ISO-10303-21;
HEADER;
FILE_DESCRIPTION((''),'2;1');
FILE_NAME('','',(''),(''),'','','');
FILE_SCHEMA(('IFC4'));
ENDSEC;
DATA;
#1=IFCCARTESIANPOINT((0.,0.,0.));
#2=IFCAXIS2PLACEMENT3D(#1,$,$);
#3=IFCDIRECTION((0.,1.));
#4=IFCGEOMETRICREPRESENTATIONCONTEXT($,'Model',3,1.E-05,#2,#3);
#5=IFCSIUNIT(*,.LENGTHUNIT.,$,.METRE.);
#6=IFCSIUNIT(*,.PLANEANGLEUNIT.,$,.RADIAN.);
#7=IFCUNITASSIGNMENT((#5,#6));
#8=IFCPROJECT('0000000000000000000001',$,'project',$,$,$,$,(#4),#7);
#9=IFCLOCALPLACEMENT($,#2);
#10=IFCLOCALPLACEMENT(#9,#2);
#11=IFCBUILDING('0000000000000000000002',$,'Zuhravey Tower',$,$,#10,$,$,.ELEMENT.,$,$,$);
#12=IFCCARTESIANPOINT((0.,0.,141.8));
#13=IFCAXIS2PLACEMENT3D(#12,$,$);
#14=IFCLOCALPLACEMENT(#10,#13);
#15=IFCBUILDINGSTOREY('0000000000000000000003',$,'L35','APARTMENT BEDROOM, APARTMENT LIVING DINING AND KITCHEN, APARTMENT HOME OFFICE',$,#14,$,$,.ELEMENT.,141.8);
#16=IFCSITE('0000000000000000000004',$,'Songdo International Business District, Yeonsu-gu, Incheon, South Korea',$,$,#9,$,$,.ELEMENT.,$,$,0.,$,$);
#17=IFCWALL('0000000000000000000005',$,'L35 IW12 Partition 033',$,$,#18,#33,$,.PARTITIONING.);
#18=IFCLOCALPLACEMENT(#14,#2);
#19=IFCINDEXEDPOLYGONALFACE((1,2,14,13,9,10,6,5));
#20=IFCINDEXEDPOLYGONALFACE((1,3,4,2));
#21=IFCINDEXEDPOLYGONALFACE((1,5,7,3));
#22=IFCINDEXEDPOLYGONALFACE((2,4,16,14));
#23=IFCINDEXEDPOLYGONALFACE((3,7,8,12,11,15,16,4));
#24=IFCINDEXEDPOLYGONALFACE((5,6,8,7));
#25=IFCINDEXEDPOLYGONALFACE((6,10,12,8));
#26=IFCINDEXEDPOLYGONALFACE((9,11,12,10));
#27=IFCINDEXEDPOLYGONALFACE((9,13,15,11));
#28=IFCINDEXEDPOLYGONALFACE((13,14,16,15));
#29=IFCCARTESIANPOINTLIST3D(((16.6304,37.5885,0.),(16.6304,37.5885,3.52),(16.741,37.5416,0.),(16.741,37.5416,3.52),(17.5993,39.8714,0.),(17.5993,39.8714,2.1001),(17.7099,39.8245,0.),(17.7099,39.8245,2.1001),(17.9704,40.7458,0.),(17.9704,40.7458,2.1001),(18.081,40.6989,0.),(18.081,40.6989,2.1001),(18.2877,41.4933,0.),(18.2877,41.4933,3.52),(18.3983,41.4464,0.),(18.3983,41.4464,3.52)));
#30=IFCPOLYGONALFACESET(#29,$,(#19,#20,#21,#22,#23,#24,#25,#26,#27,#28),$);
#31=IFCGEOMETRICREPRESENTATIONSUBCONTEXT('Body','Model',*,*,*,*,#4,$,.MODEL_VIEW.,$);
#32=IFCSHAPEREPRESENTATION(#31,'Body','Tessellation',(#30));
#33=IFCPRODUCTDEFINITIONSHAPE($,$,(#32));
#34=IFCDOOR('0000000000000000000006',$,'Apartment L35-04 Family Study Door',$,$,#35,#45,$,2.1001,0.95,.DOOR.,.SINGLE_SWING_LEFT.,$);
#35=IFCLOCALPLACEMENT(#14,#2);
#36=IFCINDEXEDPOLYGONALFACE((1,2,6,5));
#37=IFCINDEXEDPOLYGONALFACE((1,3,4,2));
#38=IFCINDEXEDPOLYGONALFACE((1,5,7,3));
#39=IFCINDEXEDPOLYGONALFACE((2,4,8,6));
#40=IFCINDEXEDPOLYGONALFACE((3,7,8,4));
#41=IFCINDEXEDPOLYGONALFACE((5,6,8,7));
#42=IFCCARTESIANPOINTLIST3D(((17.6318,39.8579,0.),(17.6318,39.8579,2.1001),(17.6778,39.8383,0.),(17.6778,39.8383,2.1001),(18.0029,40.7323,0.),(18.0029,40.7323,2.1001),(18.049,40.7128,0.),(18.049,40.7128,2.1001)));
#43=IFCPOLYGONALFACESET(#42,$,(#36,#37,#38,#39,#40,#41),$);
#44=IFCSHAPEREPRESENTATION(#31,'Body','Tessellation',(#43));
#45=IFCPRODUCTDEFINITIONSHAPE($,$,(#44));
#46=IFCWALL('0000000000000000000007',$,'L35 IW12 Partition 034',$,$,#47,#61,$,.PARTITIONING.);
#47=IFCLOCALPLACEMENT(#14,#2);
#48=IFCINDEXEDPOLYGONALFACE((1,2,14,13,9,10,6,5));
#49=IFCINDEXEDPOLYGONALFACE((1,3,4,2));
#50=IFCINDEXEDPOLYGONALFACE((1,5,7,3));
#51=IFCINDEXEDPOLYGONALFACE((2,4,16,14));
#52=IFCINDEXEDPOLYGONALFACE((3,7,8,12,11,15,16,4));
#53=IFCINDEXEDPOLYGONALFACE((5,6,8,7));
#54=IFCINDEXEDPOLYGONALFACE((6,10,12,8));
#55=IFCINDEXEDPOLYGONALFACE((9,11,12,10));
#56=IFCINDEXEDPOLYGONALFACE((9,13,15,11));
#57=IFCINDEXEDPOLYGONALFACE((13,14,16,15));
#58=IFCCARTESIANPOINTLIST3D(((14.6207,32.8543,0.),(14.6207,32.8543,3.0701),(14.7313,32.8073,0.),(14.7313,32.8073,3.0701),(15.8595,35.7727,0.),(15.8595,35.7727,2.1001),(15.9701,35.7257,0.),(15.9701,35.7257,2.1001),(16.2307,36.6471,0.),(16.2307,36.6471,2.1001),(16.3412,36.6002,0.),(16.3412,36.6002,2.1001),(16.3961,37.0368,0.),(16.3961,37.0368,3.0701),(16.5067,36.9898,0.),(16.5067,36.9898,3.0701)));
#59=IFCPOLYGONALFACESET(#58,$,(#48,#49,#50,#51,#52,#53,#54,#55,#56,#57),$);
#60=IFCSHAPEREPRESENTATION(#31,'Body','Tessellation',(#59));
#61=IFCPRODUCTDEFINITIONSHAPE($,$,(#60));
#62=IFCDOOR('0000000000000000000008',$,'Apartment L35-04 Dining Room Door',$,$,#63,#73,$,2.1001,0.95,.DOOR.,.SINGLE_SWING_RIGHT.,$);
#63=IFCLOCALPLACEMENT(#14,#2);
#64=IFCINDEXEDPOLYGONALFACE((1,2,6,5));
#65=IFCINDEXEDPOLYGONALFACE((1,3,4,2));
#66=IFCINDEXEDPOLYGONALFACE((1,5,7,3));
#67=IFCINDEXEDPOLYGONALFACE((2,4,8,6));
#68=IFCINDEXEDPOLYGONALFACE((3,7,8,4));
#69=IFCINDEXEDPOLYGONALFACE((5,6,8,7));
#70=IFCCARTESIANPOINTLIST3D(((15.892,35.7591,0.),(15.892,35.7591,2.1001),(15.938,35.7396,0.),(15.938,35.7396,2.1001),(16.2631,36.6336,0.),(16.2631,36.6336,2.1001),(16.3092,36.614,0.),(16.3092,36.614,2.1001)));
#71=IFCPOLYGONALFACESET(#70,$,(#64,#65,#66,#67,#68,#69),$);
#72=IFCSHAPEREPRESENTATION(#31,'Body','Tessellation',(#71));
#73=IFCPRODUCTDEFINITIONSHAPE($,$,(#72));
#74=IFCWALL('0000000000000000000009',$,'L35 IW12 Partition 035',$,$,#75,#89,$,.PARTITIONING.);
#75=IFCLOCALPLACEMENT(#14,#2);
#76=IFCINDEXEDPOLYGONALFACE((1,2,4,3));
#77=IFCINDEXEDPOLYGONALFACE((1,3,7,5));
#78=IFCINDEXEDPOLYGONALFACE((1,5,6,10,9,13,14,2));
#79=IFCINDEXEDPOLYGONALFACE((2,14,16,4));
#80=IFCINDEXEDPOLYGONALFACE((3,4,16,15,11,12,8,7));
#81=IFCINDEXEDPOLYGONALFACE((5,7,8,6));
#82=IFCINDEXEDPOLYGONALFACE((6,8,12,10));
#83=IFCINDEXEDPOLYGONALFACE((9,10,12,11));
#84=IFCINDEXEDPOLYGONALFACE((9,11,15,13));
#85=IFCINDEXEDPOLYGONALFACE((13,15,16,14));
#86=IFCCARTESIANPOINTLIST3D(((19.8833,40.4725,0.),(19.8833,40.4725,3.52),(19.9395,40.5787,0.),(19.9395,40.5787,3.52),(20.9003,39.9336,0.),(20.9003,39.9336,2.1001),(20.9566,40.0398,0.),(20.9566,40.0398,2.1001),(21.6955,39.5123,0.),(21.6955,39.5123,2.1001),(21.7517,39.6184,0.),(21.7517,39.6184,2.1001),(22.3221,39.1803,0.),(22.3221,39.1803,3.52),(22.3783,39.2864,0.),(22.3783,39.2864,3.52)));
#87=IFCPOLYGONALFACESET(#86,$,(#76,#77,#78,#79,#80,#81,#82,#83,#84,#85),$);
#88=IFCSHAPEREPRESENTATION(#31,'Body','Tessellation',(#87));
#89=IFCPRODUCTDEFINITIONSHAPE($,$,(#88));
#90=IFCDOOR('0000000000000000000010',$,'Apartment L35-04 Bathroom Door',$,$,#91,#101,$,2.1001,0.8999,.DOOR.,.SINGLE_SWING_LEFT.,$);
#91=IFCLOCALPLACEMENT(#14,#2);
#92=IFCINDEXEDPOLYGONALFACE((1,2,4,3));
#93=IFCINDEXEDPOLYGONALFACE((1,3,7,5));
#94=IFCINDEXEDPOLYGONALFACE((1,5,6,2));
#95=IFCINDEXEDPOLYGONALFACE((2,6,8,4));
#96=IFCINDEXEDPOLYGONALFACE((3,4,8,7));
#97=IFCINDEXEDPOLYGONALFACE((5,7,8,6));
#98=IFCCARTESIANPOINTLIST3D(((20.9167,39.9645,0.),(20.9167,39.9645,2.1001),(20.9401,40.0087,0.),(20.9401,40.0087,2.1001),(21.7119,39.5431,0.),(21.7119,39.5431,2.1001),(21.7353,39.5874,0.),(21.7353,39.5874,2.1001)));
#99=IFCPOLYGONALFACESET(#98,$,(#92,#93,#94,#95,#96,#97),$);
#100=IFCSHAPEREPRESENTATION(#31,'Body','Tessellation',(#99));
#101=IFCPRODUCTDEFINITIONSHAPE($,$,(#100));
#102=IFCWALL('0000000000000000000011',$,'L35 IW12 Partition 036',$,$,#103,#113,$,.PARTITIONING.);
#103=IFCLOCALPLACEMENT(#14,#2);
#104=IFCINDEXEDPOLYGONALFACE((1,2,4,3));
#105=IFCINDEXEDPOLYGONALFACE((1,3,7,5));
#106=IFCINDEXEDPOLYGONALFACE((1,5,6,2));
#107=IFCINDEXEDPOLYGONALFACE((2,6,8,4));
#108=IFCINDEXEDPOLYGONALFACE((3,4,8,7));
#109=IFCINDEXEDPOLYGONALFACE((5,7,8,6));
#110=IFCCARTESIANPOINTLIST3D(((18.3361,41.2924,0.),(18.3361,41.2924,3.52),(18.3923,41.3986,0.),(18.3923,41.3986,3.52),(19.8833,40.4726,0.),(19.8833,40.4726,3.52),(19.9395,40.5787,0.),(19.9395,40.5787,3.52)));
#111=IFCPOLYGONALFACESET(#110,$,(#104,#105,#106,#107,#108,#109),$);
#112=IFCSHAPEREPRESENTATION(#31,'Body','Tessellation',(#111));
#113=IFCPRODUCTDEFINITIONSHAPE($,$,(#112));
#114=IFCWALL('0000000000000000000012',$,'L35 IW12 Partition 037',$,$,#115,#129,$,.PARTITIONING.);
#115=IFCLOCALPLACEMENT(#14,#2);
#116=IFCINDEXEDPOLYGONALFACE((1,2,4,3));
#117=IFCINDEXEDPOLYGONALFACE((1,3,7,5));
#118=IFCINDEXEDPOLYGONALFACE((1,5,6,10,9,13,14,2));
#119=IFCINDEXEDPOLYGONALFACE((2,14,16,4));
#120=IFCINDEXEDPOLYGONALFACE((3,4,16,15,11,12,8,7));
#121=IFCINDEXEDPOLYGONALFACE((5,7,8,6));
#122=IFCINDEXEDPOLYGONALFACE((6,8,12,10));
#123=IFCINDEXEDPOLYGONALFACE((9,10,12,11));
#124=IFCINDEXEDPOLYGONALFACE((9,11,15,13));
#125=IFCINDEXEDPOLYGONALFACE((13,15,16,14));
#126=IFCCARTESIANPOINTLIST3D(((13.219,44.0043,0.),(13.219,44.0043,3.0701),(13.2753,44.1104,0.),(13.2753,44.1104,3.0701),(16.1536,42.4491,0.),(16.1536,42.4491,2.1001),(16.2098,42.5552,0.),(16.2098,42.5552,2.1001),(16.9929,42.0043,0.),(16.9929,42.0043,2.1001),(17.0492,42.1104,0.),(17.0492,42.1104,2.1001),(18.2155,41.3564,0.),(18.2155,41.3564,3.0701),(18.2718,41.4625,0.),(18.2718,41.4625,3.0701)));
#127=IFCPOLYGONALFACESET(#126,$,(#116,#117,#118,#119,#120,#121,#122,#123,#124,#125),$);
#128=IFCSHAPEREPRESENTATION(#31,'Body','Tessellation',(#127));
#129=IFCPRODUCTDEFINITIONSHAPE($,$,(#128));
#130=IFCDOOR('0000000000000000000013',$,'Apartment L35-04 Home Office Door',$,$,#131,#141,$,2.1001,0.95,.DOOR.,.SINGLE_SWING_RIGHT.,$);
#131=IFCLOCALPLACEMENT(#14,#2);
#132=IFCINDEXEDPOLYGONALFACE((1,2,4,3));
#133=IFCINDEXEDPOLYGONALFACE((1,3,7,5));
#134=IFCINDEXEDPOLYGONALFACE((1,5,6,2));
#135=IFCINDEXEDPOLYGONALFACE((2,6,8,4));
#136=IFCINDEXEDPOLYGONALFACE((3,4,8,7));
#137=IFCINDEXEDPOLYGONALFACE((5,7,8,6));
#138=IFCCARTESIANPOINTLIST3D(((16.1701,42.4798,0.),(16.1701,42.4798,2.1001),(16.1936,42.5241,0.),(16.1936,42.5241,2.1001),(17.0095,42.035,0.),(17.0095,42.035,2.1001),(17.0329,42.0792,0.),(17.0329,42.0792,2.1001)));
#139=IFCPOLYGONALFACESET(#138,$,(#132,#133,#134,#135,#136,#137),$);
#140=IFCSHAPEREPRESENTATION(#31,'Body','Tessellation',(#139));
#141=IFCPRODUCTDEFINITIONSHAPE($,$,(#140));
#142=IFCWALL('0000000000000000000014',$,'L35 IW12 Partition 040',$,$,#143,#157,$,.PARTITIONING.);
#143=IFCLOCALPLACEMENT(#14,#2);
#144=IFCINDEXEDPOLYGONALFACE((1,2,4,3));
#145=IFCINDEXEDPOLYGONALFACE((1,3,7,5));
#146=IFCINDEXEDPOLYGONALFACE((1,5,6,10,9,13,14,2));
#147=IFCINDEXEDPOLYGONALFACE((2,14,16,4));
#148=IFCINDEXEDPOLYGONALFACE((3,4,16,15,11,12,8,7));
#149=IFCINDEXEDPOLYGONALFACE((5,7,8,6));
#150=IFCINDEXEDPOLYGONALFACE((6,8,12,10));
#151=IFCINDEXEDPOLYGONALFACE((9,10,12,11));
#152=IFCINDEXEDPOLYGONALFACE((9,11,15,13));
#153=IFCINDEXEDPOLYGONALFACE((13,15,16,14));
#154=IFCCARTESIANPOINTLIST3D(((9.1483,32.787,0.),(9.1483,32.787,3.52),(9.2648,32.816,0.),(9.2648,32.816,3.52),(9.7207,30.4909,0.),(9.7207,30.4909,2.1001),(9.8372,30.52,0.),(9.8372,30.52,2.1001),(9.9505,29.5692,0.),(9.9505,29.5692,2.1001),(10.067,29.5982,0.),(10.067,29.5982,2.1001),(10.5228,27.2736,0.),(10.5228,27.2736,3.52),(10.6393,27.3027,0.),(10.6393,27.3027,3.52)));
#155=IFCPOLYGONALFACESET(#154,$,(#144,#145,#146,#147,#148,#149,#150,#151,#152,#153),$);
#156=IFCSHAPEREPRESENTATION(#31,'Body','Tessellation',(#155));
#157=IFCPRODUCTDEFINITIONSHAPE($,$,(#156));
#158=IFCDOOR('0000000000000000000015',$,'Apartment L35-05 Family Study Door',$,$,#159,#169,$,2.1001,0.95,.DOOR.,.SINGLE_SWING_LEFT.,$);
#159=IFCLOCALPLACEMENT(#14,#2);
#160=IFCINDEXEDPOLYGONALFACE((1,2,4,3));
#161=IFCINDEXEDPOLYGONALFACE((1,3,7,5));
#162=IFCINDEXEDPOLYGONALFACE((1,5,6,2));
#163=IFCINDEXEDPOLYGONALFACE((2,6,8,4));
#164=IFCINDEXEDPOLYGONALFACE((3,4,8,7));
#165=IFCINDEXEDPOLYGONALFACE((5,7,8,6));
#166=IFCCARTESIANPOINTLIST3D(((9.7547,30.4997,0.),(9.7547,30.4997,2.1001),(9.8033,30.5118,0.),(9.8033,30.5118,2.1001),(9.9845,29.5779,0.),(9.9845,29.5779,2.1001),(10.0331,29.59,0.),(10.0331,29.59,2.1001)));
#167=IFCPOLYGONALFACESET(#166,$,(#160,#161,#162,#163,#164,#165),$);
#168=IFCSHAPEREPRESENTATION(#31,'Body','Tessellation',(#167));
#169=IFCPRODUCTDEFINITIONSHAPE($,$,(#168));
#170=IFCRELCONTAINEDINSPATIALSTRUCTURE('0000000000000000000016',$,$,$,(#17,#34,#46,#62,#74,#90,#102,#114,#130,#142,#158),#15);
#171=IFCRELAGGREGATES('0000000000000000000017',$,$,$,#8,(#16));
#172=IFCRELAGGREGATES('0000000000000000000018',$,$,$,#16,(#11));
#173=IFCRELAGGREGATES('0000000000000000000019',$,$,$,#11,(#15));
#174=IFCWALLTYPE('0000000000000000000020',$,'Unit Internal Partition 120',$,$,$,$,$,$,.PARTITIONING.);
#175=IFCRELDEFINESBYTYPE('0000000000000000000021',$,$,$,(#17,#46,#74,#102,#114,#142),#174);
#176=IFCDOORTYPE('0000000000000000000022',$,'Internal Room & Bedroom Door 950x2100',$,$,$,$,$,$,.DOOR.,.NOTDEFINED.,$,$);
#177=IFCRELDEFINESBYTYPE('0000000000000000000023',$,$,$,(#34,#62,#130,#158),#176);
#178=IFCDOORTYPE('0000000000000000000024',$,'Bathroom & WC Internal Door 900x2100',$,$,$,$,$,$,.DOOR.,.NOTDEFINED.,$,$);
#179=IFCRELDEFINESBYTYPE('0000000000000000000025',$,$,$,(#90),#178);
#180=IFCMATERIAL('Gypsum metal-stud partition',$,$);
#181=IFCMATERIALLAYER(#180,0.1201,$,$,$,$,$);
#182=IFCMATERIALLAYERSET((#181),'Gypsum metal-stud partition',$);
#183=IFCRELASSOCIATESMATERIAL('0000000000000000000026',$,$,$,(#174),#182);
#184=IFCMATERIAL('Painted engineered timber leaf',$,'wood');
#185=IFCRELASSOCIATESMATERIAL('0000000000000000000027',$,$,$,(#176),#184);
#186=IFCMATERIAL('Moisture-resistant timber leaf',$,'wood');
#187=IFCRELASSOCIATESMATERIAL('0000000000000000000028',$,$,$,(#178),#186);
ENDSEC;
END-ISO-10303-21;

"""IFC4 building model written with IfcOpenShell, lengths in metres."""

from ifc_helpers import new_model, si_unit, direction, frame, frame_2d, origin, place, context, subcontext, project, spatial, rectangle, extrude, material, layer, layer_set, type_object, element, fill, save


model = new_model("IFC4")

# Units and contexts
model_context = context("Model", 3, precision=1e-05, world=origin(), true_north=direction((0.0, 1.0)))
body_context = subcontext(model_context, "Body", "Model", "MODEL_VIEW")
ifc_project = project(units=[si_unit("LENGTHUNIT", "METRE"), si_unit("PLANEANGLEUNIT", "RADIAN")], contexts=[model_context])

# Site, building, storey
site_placement = place(None, origin())
site = spatial("IfcSite", under=ifc_project, at=site_placement, Name="Songdo International Business District, Yeonsu-gu, Incheon, South Korea", CompositionType="ELEMENT", RefElevation=0.0)
building_placement = place(site_placement, origin())
building = spatial("IfcBuilding", under=site, at=building_placement, Name="Zuhravey Tower", CompositionType="ELEMENT")
storey_placement = place(building_placement, frame((0.0, 0.0, 141.8)))
storey = spatial("IfcBuildingStorey", under=building, at=storey_placement, Name="L35", Description="APARTMENT BEDROOM, APARTMENT LIVING DINING AND KITCHEN, APARTMENT HOME OFFICE", CompositionType="ELEMENT", Elevation=141.8)

# Walls, openings, doors
ifc_material_1 = material(Name="Gypsum metal-stud partition")
ifc_layer_1 = layer(ifc_material_1, 0.1201)
ifc_layer_set_1 = layer_set([ifc_layer_1], Name="Gypsum metal-stud partition")
wall_type = type_object("IfcWallType", Name="Unit Internal Partition 120", PredefinedType="PARTITIONING", material=ifc_layer_set_1)
wall_1_placement = place(storey_placement, frame((18.343, 41.47, 0.0), z_axis=(0.0, 0.0, 1.0), x_axis=(-0.39068, -0.920527, 0.0)))
wall_1 = element("IfcWall", 1, at=wall_1_placement, inside=storey, type_object=wall_type, Name="L35 IW12 Partition 033", PredefinedType="PARTITIONING", context=body_context, shape_type="SweptSolid", body=[
    extrude(rectangle(XDim=4.2419, YDim=0.1201, at=frame_2d((2.1211, 0.0))), origin(), (0.0, 0.0, 1.0), 3.52),
])
opening_1_placement = place(wall_1_placement, frame((0.812, 0.0, 0.0)))
opening_1 = element("IfcOpeningElement", 2, at=opening_1_placement, cuts=wall_1, PredefinedType="OPENING", context=body_context, shape_type="SweptSolid", body=[
    extrude(rectangle(XDim=0.95, YDim=2.1001, at=frame_2d((0.4751, 1.05))), frame((0.0, 0.072, 0.0), z_axis=(0.0, -1.0, 0.0), x_axis=(1.0, 0.0, 0.0)), (0.0, 0.0, 1.0), 0.144),
])
ifc_material_2 = material(Name="Painted engineered timber leaf", Category="wood")
door_type_1 = type_object("IfcDoorType", Name="Internal Room & Bedroom Door 950x2100", OperationType="NOTDEFINED", PredefinedType="DOOR", material=ifc_material_2)
door_1_placement = place(opening_1_placement, frame((0.95, 0.0, 0.0), z_axis=(0.0, 0.0, 1.0), x_axis=(-1.0, 0.0, 0.0)))
door_1 = element("IfcDoor", 3, at=door_1_placement, inside=storey, type_object=door_type_1, Name="Apartment L35-04 Family Study Door", OperationType="SINGLE_SWING_LEFT", OverallHeight=2.1001, OverallWidth=0.95, PredefinedType="DOOR", context=body_context, shape_type="SweptSolid", body=[
    extrude(rectangle(XDim=0.95, YDim=2.1001, at=frame_2d((0.4751, 1.05))), frame((0.0, 0.0249, 0.0), z_axis=(0.0, -1.0, 0.0), x_axis=(1.0, 0.0, 0.0)), (0.0, 0.0, 1.0), 0.05),
])
fill(opening_1, door_1)
wall_2_placement = place(storey_placement, frame((16.4514, 37.0134, 0.0), z_axis=(0.0, 0.0, 1.0), x_axis=(-0.390726, -0.920507, 0.0)))
wall_2 = element("IfcWall", 4, at=wall_2_placement, inside=storey, type_object=wall_type, Name="L35 IW12 Partition 034", PredefinedType="PARTITIONING", context=body_context, shape_type="SweptSolid", body=[
    extrude(rectangle(XDim=4.5437, YDim=0.1201, at=frame_2d((2.272, 0.0))), origin(), (0.0, 0.0, 1.0), 3.0701),
])
opening_2_placement = place(wall_2_placement, frame((0.4233, 0.0, 0.0)))
opening_2 = element("IfcOpeningElement", 5, at=opening_2_placement, cuts=wall_2, PredefinedType="OPENING", context=body_context, shape_type="SweptSolid", body=[
    extrude(rectangle(XDim=0.95, YDim=2.1001, at=frame_2d((0.4751, 1.05))), frame((0.0, 0.072, 0.0), z_axis=(0.0, -1.0, 0.0), x_axis=(1.0, 0.0, 0.0)), (0.0, 0.0, 1.0), 0.144),
])
door_2_placement = place(opening_2_placement, frame((0.95, 0.0, 0.0), z_axis=(0.0, 0.0, 1.0), x_axis=(-1.0, 0.0, 0.0)))
door_2 = element("IfcDoor", 6, at=door_2_placement, inside=storey, type_object=door_type_1, Name="Apartment L35-04 Dining Room Door", OperationType="SINGLE_SWING_RIGHT", OverallHeight=2.1001, OverallWidth=0.95, PredefinedType="DOOR", context=body_context, shape_type="SweptSolid", body=[
    extrude(rectangle(XDim=0.95, YDim=2.1001, at=frame_2d((0.4751, 1.05))), frame((0.0, 0.0249, 0.0), z_axis=(0.0, -1.0, 0.0), x_axis=(1.0, 0.0, 0.0)), (0.0, 0.0, 1.0), 0.05),
])
fill(opening_2, door_2)
wall_3_placement = place(storey_placement, frame((22.3501, 39.2334, 0.0), z_axis=(0.0, 0.0, 1.0), x_axis=(-0.883616, 0.468213, 0.0)))
wall_3 = element("IfcWall", 7, at=wall_3_placement, inside=storey, type_object=wall_type, Name="L35 IW12 Partition 035", PredefinedType="PARTITIONING", context=body_context, shape_type="SweptSolid", body=[
    extrude(rectangle(XDim=2.76, YDim=0.1201, at=frame_2d((1.3799, 0.0))), origin(), (0.0, 0.0, 1.0), 3.52),
])
opening_3_placement = place(wall_3_placement, frame((0.709, 0.0, 0.0)))
opening_3 = element("IfcOpeningElement", 8, at=opening_3_placement, cuts=wall_3, PredefinedType="OPENING", context=body_context, shape_type="SweptSolid", body=[
    extrude(rectangle(XDim=0.8999, YDim=2.1001, at=frame_2d((0.45, 1.05))), frame((0.0, 0.072, 0.0), z_axis=(0.0, -1.0, 0.0), x_axis=(1.0, 0.0, 0.0)), (0.0, 0.0, 1.0), 0.144),
])
ifc_material_3 = material(Name="Moisture-resistant timber leaf", Category="wood")
door_type_2 = type_object("IfcDoorType", Name="Bathroom & WC Internal Door 900x2100", OperationType="NOTDEFINED", PredefinedType="DOOR", material=ifc_material_3)
door_3_placement = place(opening_3_placement, frame((0.8999, 0.0, 0.0), z_axis=(0.0, 0.0, 1.0), x_axis=(-1.0, 0.0, 0.0)))
door_3 = element("IfcDoor", 9, at=door_3_placement, inside=storey, type_object=door_type_2, Name="Apartment L35-04 Bathroom Door", OperationType="SINGLE_SWING_LEFT", OverallHeight=2.1001, OverallWidth=0.8999, PredefinedType="DOOR", context=body_context, shape_type="SweptSolid", body=[
    extrude(rectangle(XDim=0.8999, YDim=2.1001, at=frame_2d((0.45, 1.05))), frame((0.0, 0.0249, 0.0), z_axis=(0.0, -1.0, 0.0), x_axis=(1.0, 0.0, 0.0)), (0.0, 0.0, 1.0), 0.05),
])
fill(opening_3, door_3)

# Wall
wall_4_placement = place(storey_placement, frame((19.9114, 40.5256, 0.0), z_axis=(0.0, 0.0, 1.0), x_axis=(-0.883608, 0.468227, 0.0)))
element("IfcWall", 10, at=wall_4_placement, inside=storey, type_object=wall_type, Name="L35 IW12 Partition 036", PredefinedType="PARTITIONING", context=body_context, shape_type="SweptSolid", body=[
    extrude(rectangle(XDim=1.751, YDim=0.1201, at=frame_2d((0.8755, 0.0))), origin(), (0.0, 0.0, 1.0), 3.52),
])

# Walls, openings, doors
wall_5_placement = place(storey_placement, frame((18.2437, 41.4094, 0.0), z_axis=(0.0, 0.0, 1.0), x_axis=(-0.88359, 0.468261, 0.0)))
wall_5 = element("IfcWall", 11, at=wall_5_placement, inside=storey, type_object=wall_type, Name="L35 IW12 Partition 037", PredefinedType="PARTITIONING", context=body_context, shape_type="SweptSolid", body=[
    extrude(rectangle(XDim=5.6548, YDim=0.1201, at=frame_2d((2.8274, 0.0))), origin(), (0.0, 0.0, 1.0), 3.0701),
])
opening_4_placement = place(wall_5_placement, frame((1.3835, 0.0, 0.0)))
opening_4 = element("IfcOpeningElement", 12, at=opening_4_placement, cuts=wall_5, PredefinedType="OPENING", context=body_context, shape_type="SweptSolid", body=[
    extrude(rectangle(XDim=0.95, YDim=2.1001, at=frame_2d((0.4751, 1.05))), frame((0.0, 0.072, 0.0), z_axis=(0.0, -1.0, 0.0), x_axis=(1.0, 0.0, 0.0)), (0.0, 0.0, 1.0), 0.144),
])
door_4_placement = place(opening_4_placement, frame((0.95, 0.0, 0.0), z_axis=(0.0, 0.0, 1.0), x_axis=(-1.0, 0.0, 0.0)))
door_4 = element("IfcDoor", 13, at=door_4_placement, inside=storey, type_object=door_type_1, Name="Apartment L35-04 Home Office Door", OperationType="SINGLE_SWING_RIGHT", OverallHeight=2.1001, OverallWidth=0.95, PredefinedType="DOOR", context=body_context, shape_type="SweptSolid", body=[
    extrude(rectangle(XDim=0.95, YDim=2.1001, at=frame_2d((0.4751, 1.05))), frame((0.0, 0.0249, 0.0), z_axis=(0.0, -1.0, 0.0), x_axis=(1.0, 0.0, 0.0)), (0.0, 0.0, 1.0), 0.05),
])
fill(opening_4, door_4)
wall_6_placement = place(storey_placement, frame((9.2065, 32.8015, 0.0), z_axis=(0.0, 0.0, 1.0), x_axis=(0.241899, -0.970302, 0.0)))
wall_6 = element("IfcWall", 14, at=wall_6_placement, inside=storey, type_object=wall_type, Name="L35 IW12 Partition 040", PredefinedType="PARTITIONING", context=body_context, shape_type="SweptSolid", body=[
    extrude(rectangle(XDim=5.6821, YDim=0.1201, at=frame_2d((2.8411, 0.0))), origin(), (0.0, 0.0, 1.0), 3.52),
])
opening_5_placement = place(wall_6_placement, frame((2.3662, 0.0, 0.0)))
opening_5 = element("IfcOpeningElement", 15, at=opening_5_placement, cuts=wall_6, PredefinedType="OPENING", context=body_context, shape_type="SweptSolid", body=[
    extrude(rectangle(XDim=0.95, YDim=2.1001, at=frame_2d((0.4751, 1.05))), frame((0.0, 0.072, 0.0), z_axis=(0.0, -1.0, 0.0), x_axis=(1.0, 0.0, 0.0)), (0.0, 0.0, 1.0), 0.144),
])
door_5_placement = place(opening_5_placement, frame((0.95, 0.0, 0.0), z_axis=(0.0, 0.0, 1.0), x_axis=(-1.0, 0.0, 0.0)))
door_5 = element("IfcDoor", 16, at=door_5_placement, inside=storey, type_object=door_type_1, Name="Apartment L35-05 Family Study Door", OperationType="SINGLE_SWING_LEFT", OverallHeight=2.1001, OverallWidth=0.95, PredefinedType="DOOR", context=body_context, shape_type="SweptSolid", body=[
    extrude(rectangle(XDim=0.95, YDim=2.1001, at=frame_2d((0.4751, 1.05))), frame((0.0, 0.0249, 0.0), z_axis=(0.0, -1.0, 0.0), x_axis=(1.0, 0.0, 0.0)), (0.0, 0.0, 1.0), 0.05),
])
fill(opening_5, door_5)

save(model, "model.ifc")
